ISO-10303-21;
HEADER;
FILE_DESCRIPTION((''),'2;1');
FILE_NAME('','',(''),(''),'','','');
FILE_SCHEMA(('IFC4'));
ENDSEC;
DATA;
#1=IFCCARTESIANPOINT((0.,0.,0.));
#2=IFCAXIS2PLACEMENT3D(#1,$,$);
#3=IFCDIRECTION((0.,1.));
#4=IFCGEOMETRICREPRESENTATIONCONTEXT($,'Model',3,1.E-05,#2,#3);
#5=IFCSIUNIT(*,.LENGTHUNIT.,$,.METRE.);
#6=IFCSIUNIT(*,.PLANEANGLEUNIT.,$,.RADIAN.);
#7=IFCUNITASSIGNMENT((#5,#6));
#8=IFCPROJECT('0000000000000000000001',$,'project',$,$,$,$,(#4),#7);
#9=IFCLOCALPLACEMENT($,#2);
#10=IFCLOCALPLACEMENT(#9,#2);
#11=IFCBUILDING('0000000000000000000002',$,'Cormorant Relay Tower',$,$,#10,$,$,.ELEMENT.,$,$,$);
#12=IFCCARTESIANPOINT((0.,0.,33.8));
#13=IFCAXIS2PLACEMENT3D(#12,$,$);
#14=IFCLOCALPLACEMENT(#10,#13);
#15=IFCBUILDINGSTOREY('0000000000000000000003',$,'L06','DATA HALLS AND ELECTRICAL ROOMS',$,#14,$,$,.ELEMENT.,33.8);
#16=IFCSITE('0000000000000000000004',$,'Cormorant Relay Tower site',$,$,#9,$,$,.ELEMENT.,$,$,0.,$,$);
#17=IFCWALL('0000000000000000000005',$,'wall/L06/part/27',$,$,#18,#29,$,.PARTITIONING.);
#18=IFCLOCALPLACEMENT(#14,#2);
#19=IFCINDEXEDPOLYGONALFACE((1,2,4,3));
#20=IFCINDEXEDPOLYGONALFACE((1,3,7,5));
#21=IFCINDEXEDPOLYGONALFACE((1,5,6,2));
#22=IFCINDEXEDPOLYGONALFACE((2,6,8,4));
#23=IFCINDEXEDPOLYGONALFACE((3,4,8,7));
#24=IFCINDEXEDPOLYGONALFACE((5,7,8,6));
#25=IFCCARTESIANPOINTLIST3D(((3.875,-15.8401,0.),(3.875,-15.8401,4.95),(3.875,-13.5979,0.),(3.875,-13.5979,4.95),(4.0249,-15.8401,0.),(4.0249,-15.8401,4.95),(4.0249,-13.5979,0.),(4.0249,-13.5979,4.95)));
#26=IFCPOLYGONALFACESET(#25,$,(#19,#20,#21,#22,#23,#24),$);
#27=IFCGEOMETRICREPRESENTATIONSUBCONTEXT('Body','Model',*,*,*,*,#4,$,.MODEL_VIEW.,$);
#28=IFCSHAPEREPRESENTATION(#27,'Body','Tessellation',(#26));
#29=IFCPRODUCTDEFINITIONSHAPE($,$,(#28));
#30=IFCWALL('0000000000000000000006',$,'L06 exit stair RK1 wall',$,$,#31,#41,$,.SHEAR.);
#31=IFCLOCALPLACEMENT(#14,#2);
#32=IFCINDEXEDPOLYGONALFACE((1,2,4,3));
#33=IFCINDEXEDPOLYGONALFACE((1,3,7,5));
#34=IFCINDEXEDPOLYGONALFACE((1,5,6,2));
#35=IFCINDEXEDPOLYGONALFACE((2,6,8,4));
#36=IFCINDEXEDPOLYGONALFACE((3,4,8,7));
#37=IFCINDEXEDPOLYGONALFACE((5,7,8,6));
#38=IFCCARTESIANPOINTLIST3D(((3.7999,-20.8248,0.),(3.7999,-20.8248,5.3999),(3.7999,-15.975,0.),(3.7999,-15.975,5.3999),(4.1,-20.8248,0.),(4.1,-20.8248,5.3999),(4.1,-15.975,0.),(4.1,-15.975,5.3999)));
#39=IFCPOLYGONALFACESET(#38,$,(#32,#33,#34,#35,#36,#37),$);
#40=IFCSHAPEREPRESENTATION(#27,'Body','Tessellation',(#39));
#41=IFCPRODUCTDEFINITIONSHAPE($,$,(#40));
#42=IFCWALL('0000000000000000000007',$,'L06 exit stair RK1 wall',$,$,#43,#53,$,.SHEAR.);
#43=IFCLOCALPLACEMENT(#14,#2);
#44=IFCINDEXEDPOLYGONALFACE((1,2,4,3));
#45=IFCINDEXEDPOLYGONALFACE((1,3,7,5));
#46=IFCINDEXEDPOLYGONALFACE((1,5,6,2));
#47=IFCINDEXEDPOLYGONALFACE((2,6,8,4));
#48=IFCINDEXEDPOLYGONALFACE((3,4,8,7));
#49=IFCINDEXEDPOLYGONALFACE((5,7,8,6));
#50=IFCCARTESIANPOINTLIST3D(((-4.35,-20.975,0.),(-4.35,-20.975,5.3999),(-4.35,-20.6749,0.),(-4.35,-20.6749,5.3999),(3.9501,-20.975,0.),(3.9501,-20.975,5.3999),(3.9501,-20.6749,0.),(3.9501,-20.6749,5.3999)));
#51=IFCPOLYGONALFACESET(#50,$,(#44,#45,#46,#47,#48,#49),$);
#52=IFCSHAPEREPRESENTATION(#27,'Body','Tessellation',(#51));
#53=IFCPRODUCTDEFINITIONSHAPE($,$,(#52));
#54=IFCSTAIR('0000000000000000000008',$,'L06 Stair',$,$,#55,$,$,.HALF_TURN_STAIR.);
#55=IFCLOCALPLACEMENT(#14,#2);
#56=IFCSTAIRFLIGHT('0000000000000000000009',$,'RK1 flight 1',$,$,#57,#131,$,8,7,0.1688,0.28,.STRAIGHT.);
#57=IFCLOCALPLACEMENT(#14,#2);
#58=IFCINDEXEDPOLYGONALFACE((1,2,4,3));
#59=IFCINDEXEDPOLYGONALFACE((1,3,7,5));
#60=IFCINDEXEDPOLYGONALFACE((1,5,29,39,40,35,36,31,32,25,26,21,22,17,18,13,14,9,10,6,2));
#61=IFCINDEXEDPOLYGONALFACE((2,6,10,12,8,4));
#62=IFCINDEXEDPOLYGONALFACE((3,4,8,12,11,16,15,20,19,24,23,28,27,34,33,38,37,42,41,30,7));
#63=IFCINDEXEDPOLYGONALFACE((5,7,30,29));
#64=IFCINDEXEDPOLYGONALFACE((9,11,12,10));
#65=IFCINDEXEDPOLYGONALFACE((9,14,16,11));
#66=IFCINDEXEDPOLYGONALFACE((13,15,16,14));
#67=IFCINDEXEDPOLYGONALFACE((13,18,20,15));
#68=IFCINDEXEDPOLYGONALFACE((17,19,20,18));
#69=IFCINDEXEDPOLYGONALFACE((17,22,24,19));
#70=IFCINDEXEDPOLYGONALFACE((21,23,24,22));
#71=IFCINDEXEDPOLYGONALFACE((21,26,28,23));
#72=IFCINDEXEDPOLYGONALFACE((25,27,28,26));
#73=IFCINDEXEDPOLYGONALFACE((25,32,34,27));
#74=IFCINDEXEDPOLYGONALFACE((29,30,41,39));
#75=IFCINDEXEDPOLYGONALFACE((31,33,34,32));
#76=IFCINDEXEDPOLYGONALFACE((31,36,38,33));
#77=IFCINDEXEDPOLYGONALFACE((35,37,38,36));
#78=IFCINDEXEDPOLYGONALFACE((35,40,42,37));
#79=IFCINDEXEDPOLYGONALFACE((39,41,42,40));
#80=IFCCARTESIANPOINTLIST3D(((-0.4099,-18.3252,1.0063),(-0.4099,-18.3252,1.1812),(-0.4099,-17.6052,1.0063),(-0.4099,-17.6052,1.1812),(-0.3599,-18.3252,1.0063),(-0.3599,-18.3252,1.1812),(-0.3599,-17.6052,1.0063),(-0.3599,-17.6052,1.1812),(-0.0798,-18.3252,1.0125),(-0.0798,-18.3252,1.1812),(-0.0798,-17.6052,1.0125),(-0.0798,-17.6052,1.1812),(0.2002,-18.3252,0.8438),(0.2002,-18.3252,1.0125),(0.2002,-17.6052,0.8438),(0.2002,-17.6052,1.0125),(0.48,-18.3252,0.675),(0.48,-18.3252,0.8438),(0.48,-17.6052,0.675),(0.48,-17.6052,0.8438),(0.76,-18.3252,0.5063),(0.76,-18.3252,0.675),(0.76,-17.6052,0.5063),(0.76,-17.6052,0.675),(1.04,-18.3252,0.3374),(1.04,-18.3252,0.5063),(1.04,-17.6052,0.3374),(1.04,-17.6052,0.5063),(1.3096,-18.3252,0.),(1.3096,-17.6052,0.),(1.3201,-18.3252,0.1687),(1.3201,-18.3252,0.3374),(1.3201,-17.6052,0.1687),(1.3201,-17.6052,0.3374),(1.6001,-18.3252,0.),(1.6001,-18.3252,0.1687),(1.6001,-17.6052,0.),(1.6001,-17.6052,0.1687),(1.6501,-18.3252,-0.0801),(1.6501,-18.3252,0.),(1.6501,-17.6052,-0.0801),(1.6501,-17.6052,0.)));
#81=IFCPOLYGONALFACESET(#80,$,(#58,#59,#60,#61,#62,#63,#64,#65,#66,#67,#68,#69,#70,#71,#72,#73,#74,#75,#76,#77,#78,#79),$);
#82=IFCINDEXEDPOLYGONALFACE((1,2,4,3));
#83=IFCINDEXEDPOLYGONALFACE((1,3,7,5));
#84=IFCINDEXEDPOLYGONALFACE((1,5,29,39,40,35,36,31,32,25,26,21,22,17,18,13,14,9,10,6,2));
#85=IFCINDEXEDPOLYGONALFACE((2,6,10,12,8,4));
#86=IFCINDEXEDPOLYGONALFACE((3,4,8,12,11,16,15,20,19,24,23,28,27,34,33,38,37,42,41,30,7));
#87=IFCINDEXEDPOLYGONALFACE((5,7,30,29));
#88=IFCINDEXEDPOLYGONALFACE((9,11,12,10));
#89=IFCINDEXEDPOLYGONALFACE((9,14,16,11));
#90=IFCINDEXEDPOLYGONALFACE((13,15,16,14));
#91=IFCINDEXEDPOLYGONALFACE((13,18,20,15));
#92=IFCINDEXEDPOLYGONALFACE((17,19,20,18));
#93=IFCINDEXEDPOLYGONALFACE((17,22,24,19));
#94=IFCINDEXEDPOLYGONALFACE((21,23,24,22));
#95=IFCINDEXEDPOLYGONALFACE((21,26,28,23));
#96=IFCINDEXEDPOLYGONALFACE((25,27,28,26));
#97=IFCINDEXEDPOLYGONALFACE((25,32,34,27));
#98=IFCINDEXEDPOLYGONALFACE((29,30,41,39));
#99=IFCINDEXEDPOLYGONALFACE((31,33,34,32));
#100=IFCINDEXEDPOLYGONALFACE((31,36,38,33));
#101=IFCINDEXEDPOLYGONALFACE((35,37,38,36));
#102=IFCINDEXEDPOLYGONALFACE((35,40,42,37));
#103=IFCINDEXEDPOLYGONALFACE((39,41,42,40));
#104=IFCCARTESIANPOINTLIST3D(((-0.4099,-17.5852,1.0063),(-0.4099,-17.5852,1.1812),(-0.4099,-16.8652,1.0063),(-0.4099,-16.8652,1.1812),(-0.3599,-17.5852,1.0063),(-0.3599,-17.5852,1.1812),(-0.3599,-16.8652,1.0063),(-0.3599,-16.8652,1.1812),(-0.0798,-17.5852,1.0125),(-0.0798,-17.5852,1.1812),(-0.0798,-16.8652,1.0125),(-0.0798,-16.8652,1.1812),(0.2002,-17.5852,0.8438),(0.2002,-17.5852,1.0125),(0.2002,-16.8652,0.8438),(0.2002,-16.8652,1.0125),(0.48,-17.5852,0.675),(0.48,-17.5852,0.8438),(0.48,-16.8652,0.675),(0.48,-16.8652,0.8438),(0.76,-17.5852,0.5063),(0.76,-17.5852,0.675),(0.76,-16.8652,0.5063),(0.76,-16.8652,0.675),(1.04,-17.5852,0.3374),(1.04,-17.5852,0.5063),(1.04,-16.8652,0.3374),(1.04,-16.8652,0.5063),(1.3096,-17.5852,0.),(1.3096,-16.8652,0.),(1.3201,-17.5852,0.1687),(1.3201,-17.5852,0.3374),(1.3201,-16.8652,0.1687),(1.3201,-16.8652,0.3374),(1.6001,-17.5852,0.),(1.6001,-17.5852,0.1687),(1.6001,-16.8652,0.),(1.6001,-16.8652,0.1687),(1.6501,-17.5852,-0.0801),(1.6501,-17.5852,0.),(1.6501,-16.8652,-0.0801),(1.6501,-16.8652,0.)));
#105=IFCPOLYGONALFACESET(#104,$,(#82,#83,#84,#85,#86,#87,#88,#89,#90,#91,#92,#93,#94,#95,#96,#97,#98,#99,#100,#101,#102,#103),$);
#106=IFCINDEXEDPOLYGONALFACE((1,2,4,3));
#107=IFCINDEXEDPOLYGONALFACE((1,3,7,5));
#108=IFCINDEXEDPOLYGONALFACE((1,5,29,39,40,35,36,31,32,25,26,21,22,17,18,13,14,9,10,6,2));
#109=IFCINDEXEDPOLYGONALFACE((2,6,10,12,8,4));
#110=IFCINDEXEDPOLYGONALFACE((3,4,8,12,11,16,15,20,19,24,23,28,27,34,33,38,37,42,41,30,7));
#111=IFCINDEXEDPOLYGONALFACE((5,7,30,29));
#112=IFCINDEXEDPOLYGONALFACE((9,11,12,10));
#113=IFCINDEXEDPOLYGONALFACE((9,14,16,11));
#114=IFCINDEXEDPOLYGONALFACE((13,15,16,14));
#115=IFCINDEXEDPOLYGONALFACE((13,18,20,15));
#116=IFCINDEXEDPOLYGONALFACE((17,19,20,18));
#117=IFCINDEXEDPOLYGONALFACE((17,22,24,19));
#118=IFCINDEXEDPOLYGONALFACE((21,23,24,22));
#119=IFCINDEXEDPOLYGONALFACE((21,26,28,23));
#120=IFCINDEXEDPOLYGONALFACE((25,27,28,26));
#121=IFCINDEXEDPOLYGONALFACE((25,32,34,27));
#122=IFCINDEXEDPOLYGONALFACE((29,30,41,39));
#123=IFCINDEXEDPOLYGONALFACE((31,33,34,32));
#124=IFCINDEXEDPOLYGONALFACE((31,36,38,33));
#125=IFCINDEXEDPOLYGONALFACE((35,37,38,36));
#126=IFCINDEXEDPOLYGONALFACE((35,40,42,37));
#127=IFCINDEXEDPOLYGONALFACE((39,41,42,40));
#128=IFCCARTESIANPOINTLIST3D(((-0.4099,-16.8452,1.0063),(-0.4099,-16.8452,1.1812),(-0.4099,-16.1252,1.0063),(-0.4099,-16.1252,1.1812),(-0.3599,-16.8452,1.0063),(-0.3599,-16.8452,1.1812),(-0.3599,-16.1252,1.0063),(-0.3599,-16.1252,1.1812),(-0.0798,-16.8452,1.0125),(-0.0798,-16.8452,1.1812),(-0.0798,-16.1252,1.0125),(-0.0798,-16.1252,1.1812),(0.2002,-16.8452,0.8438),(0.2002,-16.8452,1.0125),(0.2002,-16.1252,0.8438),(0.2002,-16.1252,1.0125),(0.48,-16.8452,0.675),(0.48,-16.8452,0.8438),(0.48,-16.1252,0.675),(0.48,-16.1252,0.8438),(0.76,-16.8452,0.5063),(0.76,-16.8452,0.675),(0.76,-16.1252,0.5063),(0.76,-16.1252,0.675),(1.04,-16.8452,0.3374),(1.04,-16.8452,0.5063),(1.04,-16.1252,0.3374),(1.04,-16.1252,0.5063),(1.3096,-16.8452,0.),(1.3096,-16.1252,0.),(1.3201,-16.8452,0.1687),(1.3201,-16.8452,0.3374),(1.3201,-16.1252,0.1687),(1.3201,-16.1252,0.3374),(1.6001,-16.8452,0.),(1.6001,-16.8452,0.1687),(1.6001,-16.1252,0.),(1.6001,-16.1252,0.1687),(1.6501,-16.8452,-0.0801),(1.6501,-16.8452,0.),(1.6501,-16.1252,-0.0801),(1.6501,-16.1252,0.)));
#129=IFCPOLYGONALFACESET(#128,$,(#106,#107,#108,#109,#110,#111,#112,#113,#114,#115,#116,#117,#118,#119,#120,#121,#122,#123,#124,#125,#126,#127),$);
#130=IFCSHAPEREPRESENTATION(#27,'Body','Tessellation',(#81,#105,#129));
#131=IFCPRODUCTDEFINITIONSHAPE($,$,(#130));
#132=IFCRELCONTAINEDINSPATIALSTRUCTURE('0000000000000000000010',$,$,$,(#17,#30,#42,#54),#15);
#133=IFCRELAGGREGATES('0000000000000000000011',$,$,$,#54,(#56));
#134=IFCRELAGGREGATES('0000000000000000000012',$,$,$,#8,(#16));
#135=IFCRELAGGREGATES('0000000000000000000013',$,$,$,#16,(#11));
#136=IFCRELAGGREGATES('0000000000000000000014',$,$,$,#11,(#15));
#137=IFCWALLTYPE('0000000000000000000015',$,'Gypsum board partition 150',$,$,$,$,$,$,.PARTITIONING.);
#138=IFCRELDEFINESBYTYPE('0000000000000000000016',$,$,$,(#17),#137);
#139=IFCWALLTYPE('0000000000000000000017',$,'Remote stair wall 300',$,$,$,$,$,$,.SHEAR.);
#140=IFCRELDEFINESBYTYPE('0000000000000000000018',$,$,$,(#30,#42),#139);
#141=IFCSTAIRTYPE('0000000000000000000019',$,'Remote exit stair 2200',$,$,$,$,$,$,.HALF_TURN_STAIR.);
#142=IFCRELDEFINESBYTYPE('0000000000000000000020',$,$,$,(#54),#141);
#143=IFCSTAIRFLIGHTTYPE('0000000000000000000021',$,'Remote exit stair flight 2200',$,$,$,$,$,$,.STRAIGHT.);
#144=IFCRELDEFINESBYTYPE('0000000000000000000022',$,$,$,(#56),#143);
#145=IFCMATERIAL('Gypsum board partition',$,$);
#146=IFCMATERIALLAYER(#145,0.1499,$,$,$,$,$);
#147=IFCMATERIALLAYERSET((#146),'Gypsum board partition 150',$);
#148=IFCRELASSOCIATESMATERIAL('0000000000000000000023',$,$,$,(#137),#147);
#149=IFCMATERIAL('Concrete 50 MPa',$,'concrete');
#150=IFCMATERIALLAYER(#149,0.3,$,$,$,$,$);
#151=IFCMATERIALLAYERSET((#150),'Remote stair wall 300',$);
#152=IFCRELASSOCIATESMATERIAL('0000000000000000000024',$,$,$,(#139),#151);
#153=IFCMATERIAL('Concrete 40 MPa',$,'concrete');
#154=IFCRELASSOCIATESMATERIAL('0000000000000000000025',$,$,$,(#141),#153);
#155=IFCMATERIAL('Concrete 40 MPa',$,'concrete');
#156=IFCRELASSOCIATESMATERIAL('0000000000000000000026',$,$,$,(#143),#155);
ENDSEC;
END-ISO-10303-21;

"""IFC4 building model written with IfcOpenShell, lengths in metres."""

from ifc_helpers import new_model, si_unit, direction, frame, frame_2d, origin, place, context, subcontext, project, spatial, polyline, rectangle, outline, extrude, material, layer, layer_set, type_object, element, aggregate, save


model = new_model("IFC4")

# Units and contexts
model_context = context("Model", 3, precision=1e-05, world=origin(), true_north=direction((0.0, 1.0)))
body_context = subcontext(model_context, "Body", "Model", "MODEL_VIEW")
ifc_project = project(units=[si_unit("LENGTHUNIT", "METRE"), si_unit("PLANEANGLEUNIT", "RADIAN")], contexts=[model_context])

# Site, building, storey
site_placement = place(None, origin())
site = spatial("IfcSite", under=ifc_project, at=site_placement, Name="Cormorant Relay Tower site", CompositionType="ELEMENT", RefElevation=0.0)
building_placement = place(site_placement, origin())
building = spatial("IfcBuilding", under=site, at=building_placement, Name="Cormorant Relay Tower", CompositionType="ELEMENT")
storey_placement = place(building_placement, frame((0.0, 0.0, 33.8)))
storey = spatial("IfcBuildingStorey", under=building, at=storey_placement, Name="L06", Description="DATA HALLS AND ELECTRICAL ROOMS", CompositionType="ELEMENT", Elevation=33.8)

# Walls
ifc_material_1 = material(Name="Gypsum board partition")
ifc_layer_1 = layer(ifc_material_1, 0.1499)
ifc_layer_set_1 = layer_set([ifc_layer_1], Name="Gypsum board partition 150")
wall_type_1 = type_object("IfcWallType", Name="Gypsum board partition 150", PredefinedType="PARTITIONING", material=ifc_layer_set_1)
wall_1_placement = place(storey_placement, frame((3.95, -13.5979, 0.0), z_axis=(0.0, 0.0, 1.0), x_axis=(0.0, -1.0, 0.0)))
element("IfcWall", 1, at=wall_1_placement, inside=storey, type_object=wall_type_1, Name="wall/L06/part/27", PredefinedType="PARTITIONING", context=body_context, shape_type="SweptSolid", body=[
    extrude(rectangle(XDim=2.2422, YDim=0.1499, at=frame_2d((1.1211, 0.0))), origin(), (0.0, 0.0, 1.0), 4.95),
])
ifc_material_2 = material(Name="Concrete 50 MPa", Category="concrete")
ifc_layer_2 = layer(ifc_material_2, 0.3)
ifc_layer_set_2 = layer_set([ifc_layer_2], Name="Remote stair wall 300")
wall_type_2 = type_object("IfcWallType", Name="Remote stair wall 300", PredefinedType="SHEAR", material=ifc_layer_set_2)
wall_2_placement = place(storey_placement, frame((3.95, -15.9751, 0.0), z_axis=(0.0, 0.0, 1.0), x_axis=(0.0, -1.0, 0.0)))
element("IfcWall", 2, at=wall_2_placement, inside=storey, type_object=wall_type_2, Name="L06 exit stair RK1 wall", PredefinedType="SHEAR", context=body_context, shape_type="SweptSolid", body=[
    extrude(rectangle(XDim=4.8499, YDim=0.3, at=frame_2d((2.4248, 0.0))), origin(), (0.0, 0.0, 1.0), 5.3999),
])
wall_3_placement = place(storey_placement, frame((3.95, -20.825, 0.0), z_axis=(0.0, 0.0, 1.0), x_axis=(-1.0, 0.0, 0.0)))
element("IfcWall", 3, at=wall_3_placement, inside=storey, type_object=wall_type_2, Name="L06 exit stair RK1 wall", PredefinedType="SHEAR", context=body_context, shape_type="SweptSolid", body=[
    extrude(rectangle(XDim=8.3, YDim=0.3, at=frame_2d((4.1499, 0.0))), origin(), (0.0, 0.0, 1.0), 5.3999),
])

# Stair, stair flight
ifc_material_3 = material(Name="Concrete 40 MPa", Category="concrete")
stair_type = type_object("IfcStairType", Name="Remote exit stair 2200", PredefinedType="HALF_TURN_STAIR", material=ifc_material_3)
stair_placement = place(storey_placement, origin())
stair = element("IfcStair", 4, at=stair_placement, inside=storey, type_object=stair_type, Name="L06 Stair", PredefinedType="HALF_TURN_STAIR")
ifc_material_4 = material(Name="Concrete 40 MPa", Category="concrete")
stair_flight_type = type_object("IfcStairFlightType", Name="Remote exit stair flight 2200", PredefinedType="STRAIGHT", material=ifc_material_4)
stair_flight_1_placement = place(storey_placement, frame((1.6001, -17.2251, 0.0), z_axis=(0.0, 0.0, 1.0), x_axis=(-1.0, 0.0, 0.0)))
stair_flight_1 = element("IfcStairFlight", 5, at=stair_flight_1_placement, type_object=stair_flight_type, Name="RK1 flight 1", NumberOfRisers=8, NumberOfTreads=7, PredefinedType="STRAIGHT", RiserHeight=0.1688, TreadLength=0.28, context=body_context, shape_type="SweptSolid", body=[
    extrude(outline(polyline([(-0.05, -0.0801), (-0.05, 0.0), (0.0, 0.0), (0.0, 0.1687), (0.28, 0.1687), (0.28, 0.3374), (0.5601, 0.3374), (0.5601, 0.5063), (0.8401, 0.5063), (0.8401, 0.675), (1.1201, 0.675), (1.1201, 0.8438), (1.3999, 0.8438), (1.3999, 1.0125), (1.6799, 1.0125), (1.6799, 1.1812), (1.96, 1.1812), (2.01, 1.1812), (2.01, 1.0063), (1.96, 1.0063), (0.2905, 0.0), (-0.05, -0.0801)])), frame((0.0, 1.1001, 0.0), z_axis=(0.0, -1.0, 0.0), x_axis=(1.0, 0.0, 0.0)), (0.0, 0.0, 1.0), 0.72),
    extrude(outline(polyline([(-0.05, -0.0801), (-0.05, 0.0), (0.0, 0.0), (0.0, 0.1687), (0.28, 0.1687), (0.28, 0.3374), (0.5601, 0.3374), (0.5601, 0.5063), (0.8401, 0.5063), (0.8401, 0.675), (1.1201, 0.675), (1.1201, 0.8438), (1.3999, 0.8438), (1.3999, 1.0125), (1.6799, 1.0125), (1.6799, 1.1812), (1.96, 1.1812), (2.01, 1.1812), (2.01, 1.0063), (1.96, 1.0063), (0.2905, 0.0), (-0.05, -0.0801)])), frame((0.0, 0.3601, 0.0), z_axis=(0.0, -1.0, 0.0), x_axis=(1.0, 0.0, 0.0)), (0.0, 0.0, 1.0), 0.72),
    extrude(outline(polyline([(-0.05, -0.0801), (-0.05, 0.0), (0.0, 0.0), (0.0, 0.1687), (0.28, 0.1687), (0.28, 0.3374), (0.5601, 0.3374), (0.5601, 0.5063), (0.8401, 0.5063), (0.8401, 0.675), (1.1201, 0.675), (1.1201, 0.8438), (1.3999, 0.8438), (1.3999, 1.0125), (1.6799, 1.0125), (1.6799, 1.1812), (1.96, 1.1812), (2.01, 1.1812), (2.01, 1.0063), (1.96, 1.0063), (0.2905, 0.0), (-0.05, -0.0801)])), frame((0.0, -0.3799, 0.0), z_axis=(0.0, -1.0, 0.0), x_axis=(1.0, 0.0, 0.0)), (0.0, 0.0, 1.0), 0.72),
])
aggregate(stair, [stair_flight_1])

save(model, "model.ifc")
